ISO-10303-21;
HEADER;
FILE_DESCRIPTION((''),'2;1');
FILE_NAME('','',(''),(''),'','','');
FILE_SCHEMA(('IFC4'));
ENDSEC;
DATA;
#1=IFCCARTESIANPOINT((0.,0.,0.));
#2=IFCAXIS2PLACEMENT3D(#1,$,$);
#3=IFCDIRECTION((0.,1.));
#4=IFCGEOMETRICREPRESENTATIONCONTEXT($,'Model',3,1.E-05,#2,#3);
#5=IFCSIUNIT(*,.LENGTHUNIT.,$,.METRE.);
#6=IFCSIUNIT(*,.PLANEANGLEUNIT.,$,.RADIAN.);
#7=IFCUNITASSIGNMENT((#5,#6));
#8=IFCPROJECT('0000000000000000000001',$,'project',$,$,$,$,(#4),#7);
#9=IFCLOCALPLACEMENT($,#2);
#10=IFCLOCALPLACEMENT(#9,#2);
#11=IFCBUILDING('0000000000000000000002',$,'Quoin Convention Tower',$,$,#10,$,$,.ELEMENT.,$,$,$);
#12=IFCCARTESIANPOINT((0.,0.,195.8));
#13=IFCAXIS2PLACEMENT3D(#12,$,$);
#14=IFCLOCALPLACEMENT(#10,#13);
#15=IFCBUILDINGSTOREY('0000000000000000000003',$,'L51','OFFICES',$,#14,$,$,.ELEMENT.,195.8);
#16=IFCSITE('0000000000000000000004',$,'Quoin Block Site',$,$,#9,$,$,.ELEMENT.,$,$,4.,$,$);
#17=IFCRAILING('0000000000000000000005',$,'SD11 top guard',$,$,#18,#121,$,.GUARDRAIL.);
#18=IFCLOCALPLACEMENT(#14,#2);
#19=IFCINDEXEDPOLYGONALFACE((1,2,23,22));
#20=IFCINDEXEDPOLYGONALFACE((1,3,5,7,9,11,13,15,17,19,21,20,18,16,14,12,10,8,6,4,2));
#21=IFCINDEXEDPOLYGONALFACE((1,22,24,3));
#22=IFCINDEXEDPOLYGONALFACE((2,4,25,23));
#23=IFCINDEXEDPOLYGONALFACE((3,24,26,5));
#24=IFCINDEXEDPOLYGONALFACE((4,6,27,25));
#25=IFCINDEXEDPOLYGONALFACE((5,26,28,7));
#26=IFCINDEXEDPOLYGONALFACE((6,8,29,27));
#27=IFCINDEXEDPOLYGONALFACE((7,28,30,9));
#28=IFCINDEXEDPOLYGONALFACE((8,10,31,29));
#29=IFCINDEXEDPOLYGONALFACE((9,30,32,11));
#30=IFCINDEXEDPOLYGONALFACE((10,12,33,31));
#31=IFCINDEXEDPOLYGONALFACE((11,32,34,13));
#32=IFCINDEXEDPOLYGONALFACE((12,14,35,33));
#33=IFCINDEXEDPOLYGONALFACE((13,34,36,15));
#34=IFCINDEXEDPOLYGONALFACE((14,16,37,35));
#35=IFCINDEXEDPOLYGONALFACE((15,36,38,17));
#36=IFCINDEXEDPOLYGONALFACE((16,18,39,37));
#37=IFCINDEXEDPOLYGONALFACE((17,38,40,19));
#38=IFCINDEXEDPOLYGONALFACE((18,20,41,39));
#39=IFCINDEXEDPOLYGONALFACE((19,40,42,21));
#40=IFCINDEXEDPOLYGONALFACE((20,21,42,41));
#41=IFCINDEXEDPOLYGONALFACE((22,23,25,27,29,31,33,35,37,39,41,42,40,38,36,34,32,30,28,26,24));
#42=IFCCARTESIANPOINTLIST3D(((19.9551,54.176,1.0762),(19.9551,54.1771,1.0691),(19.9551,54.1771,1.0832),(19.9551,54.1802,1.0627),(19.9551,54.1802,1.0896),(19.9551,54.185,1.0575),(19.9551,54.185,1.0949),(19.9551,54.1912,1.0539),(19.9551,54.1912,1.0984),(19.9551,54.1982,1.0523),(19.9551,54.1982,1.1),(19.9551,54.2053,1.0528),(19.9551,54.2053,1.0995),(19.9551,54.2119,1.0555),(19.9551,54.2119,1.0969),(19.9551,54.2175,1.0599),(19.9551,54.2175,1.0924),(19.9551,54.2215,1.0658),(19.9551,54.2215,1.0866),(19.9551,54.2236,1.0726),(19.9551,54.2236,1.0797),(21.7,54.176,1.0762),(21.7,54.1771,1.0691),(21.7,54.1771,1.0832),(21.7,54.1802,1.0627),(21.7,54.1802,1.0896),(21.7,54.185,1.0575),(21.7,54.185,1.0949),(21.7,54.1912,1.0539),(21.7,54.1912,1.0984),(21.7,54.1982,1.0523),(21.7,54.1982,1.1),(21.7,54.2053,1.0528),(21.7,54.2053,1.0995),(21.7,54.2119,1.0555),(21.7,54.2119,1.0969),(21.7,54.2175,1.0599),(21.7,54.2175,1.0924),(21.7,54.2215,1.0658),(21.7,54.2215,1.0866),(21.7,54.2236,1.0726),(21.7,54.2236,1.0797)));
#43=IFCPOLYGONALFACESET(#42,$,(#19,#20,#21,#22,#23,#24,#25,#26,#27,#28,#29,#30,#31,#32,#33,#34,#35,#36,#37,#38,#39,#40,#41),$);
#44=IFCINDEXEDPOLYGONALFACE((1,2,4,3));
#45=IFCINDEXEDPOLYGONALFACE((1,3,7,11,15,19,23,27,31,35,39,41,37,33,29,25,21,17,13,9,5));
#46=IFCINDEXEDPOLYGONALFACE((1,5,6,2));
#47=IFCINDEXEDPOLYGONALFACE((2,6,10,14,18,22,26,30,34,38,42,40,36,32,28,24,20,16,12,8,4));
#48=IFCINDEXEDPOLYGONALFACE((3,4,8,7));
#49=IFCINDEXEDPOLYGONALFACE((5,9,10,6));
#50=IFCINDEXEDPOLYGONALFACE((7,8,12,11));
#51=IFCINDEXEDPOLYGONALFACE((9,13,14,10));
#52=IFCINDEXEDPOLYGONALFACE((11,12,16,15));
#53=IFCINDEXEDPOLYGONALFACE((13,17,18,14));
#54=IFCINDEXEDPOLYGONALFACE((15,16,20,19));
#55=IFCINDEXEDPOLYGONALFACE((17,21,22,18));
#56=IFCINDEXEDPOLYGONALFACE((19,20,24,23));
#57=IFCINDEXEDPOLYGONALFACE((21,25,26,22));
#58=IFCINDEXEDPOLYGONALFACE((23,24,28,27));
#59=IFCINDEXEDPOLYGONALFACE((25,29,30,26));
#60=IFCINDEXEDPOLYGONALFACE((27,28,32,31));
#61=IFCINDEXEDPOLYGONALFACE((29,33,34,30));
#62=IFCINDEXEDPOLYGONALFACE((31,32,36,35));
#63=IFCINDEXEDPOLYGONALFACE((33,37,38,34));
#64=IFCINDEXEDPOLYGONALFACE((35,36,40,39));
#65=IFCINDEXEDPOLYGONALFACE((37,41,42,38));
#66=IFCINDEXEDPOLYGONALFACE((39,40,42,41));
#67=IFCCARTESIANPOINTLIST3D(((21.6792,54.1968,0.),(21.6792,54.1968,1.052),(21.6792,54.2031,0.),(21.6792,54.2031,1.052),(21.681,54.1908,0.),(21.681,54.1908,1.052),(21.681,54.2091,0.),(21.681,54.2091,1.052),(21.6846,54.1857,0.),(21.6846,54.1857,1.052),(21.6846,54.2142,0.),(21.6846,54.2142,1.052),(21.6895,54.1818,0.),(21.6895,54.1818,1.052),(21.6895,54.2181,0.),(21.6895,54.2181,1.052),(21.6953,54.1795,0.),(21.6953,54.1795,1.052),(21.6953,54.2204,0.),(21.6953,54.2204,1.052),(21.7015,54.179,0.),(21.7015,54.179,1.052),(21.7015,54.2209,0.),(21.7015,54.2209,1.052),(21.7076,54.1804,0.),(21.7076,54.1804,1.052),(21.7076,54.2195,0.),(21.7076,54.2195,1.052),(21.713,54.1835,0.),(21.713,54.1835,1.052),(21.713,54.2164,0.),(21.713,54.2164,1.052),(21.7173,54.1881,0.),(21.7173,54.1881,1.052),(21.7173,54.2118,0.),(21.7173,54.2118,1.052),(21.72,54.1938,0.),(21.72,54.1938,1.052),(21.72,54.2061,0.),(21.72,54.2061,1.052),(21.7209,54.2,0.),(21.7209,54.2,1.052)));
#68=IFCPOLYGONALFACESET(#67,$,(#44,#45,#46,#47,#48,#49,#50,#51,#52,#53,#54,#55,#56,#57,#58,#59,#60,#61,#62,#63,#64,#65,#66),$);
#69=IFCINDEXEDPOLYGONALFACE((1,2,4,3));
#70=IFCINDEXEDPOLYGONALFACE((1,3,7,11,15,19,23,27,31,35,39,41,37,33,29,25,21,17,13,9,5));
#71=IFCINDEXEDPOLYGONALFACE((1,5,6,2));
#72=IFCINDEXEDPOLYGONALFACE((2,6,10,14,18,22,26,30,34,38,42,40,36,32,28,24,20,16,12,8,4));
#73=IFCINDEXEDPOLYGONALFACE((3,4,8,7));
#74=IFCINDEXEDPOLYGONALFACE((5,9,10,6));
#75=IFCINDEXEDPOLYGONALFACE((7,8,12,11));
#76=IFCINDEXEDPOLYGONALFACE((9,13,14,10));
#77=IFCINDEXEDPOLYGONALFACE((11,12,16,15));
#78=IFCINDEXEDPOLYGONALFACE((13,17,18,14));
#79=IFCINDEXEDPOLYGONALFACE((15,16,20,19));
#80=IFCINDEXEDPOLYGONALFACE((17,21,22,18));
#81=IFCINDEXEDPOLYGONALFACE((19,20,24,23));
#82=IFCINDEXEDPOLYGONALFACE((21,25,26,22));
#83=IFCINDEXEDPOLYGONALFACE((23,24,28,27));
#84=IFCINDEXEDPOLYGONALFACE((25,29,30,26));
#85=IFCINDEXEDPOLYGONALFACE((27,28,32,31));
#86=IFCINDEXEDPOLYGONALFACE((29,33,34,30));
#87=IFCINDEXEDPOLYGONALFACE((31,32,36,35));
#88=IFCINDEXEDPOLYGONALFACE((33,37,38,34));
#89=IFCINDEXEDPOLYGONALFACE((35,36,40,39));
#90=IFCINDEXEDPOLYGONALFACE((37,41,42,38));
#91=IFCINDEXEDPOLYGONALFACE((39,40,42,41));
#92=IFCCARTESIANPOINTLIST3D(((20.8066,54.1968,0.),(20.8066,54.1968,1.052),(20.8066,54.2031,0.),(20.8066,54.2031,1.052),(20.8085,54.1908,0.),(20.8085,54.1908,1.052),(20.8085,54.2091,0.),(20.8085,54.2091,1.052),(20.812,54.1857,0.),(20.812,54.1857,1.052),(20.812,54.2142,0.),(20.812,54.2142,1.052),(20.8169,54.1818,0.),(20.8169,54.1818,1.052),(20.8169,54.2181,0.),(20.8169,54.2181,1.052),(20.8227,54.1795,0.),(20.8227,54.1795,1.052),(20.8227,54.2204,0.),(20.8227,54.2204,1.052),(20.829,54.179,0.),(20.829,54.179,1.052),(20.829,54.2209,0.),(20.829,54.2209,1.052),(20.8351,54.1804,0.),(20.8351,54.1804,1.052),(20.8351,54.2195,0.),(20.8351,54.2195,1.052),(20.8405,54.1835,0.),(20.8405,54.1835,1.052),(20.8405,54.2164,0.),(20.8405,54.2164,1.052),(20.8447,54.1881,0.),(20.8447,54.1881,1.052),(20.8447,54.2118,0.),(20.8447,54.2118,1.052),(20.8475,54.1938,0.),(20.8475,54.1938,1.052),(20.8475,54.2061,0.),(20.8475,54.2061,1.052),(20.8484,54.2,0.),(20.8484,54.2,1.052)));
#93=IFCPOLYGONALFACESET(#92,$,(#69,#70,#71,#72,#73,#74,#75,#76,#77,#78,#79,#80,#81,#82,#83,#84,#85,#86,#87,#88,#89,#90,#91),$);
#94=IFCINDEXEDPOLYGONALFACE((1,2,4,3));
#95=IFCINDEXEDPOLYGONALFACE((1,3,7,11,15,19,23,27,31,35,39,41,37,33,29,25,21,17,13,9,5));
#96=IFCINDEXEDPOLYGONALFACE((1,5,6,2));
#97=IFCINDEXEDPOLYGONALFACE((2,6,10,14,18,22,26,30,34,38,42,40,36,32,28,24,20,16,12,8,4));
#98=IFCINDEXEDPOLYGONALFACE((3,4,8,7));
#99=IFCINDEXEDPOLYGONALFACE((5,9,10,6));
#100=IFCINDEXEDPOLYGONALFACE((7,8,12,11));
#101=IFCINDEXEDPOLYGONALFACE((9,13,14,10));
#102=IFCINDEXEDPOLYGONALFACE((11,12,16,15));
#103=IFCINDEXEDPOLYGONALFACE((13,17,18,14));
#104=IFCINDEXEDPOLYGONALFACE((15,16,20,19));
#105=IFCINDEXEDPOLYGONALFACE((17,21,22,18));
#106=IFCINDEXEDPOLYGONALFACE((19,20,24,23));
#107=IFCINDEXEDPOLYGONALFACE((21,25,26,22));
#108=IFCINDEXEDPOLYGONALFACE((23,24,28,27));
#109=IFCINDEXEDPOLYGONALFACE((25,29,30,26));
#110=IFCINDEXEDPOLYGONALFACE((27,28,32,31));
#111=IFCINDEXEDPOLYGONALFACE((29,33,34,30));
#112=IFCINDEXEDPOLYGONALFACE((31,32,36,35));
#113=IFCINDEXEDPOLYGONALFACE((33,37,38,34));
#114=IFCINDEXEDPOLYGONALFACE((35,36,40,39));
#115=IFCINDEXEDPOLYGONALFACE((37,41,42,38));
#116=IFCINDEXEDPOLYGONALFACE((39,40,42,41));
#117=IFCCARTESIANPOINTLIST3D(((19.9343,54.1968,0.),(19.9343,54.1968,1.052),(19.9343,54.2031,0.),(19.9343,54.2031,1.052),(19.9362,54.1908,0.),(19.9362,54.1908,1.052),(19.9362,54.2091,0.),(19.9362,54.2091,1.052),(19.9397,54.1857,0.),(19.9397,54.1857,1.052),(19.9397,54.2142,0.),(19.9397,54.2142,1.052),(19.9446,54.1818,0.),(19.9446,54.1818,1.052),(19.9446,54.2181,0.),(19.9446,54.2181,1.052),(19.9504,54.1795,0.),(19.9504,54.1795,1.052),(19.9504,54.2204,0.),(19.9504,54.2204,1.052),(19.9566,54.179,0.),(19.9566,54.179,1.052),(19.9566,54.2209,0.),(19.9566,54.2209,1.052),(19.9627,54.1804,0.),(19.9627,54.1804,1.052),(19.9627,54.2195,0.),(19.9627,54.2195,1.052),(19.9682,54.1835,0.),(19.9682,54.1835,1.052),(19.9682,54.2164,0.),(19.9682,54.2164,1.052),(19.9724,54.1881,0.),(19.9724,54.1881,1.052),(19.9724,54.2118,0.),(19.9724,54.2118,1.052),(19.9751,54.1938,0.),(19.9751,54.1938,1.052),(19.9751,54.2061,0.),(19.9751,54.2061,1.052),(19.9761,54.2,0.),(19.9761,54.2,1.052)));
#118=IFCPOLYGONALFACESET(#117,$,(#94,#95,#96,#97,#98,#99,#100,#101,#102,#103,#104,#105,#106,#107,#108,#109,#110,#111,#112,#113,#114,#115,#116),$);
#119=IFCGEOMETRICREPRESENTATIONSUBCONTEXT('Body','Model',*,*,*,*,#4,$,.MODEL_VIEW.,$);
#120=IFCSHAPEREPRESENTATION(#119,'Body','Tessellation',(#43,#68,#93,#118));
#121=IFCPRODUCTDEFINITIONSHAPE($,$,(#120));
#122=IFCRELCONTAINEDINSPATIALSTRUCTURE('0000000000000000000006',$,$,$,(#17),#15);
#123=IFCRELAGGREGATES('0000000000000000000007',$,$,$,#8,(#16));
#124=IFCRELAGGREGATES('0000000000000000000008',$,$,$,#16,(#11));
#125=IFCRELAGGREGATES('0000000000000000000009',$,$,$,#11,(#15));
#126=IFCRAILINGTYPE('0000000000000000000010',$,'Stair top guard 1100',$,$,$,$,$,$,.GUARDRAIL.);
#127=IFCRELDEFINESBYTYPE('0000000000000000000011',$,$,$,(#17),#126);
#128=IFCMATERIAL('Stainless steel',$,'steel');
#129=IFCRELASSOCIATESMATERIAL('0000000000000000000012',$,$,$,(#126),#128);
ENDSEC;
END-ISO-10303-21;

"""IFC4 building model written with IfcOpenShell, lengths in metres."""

from ifc_helpers import new_model, si_unit, direction, frame, origin, origin_2d, place, context, subcontext, project, spatial, circle, extrude, material, type_object, element, save


model = new_model("IFC4")

# Units and contexts
model_context = context("Model", 3, precision=1e-05, world=origin(), true_north=direction((0.0, 1.0)))
body_context = subcontext(model_context, "Body", "Model", "MODEL_VIEW")
ifc_project = project(units=[si_unit("LENGTHUNIT", "METRE"), si_unit("PLANEANGLEUNIT", "RADIAN")], contexts=[model_context])

# Site, building, storey
site_placement = place(None, origin())
site = spatial("IfcSite", under=ifc_project, at=site_placement, Name="Quoin Block Site", CompositionType="ELEMENT", RefElevation=4.0)
building_placement = place(site_placement, origin())
building = spatial("IfcBuilding", under=site, at=building_placement, Name="Quoin Convention Tower", CompositionType="ELEMENT")
storey_placement = place(building_placement, frame((0.0, 0.0, 195.8)))
storey = spatial("IfcBuildingStorey", under=building, at=storey_placement, Name="L51", Description="OFFICES", CompositionType="ELEMENT", Elevation=195.8)

# Railing
ifc_material_1 = material(Name="Stainless steel", Category="steel")
railing_type_1 = type_object("IfcRailingType", Name="Stair top guard 1100", PredefinedType="GUARDRAIL", material=ifc_material_1)
railing_1_placement = place(storey_placement, frame((21.7, 54.2, 0.0)))
element("IfcRailing", 1, at=railing_1_placement, inside=storey, type_object=railing_type_1, Name="SD11 top guard", PredefinedType="GUARDRAIL", context=body_context, shape_type="SweptSolid", body=[
    extrude(circle(Radius=0.0239, at=origin_2d()), frame((0.0, 0.0, 1.0762), z_axis=(-1.0, 0.0, 0.0), x_axis=(0.0, -1.0, 0.0)), (0.0, 0.0, 1.0), 1.7449),
    extrude(circle(Radius=0.021, at=origin_2d()), origin(), (0.0, 0.0, 1.0), 1.052),
    extrude(circle(Radius=0.021, at=origin_2d()), frame((-0.8726, 0.0, 0.0)), (0.0, 0.0, 1.0), 1.052),
    extrude(circle(Radius=0.021, at=origin_2d()), frame((-1.7449, 0.0, 0.0)), (0.0, 0.0, 1.0), 1.052),
])

save(model, "model.ifc")
